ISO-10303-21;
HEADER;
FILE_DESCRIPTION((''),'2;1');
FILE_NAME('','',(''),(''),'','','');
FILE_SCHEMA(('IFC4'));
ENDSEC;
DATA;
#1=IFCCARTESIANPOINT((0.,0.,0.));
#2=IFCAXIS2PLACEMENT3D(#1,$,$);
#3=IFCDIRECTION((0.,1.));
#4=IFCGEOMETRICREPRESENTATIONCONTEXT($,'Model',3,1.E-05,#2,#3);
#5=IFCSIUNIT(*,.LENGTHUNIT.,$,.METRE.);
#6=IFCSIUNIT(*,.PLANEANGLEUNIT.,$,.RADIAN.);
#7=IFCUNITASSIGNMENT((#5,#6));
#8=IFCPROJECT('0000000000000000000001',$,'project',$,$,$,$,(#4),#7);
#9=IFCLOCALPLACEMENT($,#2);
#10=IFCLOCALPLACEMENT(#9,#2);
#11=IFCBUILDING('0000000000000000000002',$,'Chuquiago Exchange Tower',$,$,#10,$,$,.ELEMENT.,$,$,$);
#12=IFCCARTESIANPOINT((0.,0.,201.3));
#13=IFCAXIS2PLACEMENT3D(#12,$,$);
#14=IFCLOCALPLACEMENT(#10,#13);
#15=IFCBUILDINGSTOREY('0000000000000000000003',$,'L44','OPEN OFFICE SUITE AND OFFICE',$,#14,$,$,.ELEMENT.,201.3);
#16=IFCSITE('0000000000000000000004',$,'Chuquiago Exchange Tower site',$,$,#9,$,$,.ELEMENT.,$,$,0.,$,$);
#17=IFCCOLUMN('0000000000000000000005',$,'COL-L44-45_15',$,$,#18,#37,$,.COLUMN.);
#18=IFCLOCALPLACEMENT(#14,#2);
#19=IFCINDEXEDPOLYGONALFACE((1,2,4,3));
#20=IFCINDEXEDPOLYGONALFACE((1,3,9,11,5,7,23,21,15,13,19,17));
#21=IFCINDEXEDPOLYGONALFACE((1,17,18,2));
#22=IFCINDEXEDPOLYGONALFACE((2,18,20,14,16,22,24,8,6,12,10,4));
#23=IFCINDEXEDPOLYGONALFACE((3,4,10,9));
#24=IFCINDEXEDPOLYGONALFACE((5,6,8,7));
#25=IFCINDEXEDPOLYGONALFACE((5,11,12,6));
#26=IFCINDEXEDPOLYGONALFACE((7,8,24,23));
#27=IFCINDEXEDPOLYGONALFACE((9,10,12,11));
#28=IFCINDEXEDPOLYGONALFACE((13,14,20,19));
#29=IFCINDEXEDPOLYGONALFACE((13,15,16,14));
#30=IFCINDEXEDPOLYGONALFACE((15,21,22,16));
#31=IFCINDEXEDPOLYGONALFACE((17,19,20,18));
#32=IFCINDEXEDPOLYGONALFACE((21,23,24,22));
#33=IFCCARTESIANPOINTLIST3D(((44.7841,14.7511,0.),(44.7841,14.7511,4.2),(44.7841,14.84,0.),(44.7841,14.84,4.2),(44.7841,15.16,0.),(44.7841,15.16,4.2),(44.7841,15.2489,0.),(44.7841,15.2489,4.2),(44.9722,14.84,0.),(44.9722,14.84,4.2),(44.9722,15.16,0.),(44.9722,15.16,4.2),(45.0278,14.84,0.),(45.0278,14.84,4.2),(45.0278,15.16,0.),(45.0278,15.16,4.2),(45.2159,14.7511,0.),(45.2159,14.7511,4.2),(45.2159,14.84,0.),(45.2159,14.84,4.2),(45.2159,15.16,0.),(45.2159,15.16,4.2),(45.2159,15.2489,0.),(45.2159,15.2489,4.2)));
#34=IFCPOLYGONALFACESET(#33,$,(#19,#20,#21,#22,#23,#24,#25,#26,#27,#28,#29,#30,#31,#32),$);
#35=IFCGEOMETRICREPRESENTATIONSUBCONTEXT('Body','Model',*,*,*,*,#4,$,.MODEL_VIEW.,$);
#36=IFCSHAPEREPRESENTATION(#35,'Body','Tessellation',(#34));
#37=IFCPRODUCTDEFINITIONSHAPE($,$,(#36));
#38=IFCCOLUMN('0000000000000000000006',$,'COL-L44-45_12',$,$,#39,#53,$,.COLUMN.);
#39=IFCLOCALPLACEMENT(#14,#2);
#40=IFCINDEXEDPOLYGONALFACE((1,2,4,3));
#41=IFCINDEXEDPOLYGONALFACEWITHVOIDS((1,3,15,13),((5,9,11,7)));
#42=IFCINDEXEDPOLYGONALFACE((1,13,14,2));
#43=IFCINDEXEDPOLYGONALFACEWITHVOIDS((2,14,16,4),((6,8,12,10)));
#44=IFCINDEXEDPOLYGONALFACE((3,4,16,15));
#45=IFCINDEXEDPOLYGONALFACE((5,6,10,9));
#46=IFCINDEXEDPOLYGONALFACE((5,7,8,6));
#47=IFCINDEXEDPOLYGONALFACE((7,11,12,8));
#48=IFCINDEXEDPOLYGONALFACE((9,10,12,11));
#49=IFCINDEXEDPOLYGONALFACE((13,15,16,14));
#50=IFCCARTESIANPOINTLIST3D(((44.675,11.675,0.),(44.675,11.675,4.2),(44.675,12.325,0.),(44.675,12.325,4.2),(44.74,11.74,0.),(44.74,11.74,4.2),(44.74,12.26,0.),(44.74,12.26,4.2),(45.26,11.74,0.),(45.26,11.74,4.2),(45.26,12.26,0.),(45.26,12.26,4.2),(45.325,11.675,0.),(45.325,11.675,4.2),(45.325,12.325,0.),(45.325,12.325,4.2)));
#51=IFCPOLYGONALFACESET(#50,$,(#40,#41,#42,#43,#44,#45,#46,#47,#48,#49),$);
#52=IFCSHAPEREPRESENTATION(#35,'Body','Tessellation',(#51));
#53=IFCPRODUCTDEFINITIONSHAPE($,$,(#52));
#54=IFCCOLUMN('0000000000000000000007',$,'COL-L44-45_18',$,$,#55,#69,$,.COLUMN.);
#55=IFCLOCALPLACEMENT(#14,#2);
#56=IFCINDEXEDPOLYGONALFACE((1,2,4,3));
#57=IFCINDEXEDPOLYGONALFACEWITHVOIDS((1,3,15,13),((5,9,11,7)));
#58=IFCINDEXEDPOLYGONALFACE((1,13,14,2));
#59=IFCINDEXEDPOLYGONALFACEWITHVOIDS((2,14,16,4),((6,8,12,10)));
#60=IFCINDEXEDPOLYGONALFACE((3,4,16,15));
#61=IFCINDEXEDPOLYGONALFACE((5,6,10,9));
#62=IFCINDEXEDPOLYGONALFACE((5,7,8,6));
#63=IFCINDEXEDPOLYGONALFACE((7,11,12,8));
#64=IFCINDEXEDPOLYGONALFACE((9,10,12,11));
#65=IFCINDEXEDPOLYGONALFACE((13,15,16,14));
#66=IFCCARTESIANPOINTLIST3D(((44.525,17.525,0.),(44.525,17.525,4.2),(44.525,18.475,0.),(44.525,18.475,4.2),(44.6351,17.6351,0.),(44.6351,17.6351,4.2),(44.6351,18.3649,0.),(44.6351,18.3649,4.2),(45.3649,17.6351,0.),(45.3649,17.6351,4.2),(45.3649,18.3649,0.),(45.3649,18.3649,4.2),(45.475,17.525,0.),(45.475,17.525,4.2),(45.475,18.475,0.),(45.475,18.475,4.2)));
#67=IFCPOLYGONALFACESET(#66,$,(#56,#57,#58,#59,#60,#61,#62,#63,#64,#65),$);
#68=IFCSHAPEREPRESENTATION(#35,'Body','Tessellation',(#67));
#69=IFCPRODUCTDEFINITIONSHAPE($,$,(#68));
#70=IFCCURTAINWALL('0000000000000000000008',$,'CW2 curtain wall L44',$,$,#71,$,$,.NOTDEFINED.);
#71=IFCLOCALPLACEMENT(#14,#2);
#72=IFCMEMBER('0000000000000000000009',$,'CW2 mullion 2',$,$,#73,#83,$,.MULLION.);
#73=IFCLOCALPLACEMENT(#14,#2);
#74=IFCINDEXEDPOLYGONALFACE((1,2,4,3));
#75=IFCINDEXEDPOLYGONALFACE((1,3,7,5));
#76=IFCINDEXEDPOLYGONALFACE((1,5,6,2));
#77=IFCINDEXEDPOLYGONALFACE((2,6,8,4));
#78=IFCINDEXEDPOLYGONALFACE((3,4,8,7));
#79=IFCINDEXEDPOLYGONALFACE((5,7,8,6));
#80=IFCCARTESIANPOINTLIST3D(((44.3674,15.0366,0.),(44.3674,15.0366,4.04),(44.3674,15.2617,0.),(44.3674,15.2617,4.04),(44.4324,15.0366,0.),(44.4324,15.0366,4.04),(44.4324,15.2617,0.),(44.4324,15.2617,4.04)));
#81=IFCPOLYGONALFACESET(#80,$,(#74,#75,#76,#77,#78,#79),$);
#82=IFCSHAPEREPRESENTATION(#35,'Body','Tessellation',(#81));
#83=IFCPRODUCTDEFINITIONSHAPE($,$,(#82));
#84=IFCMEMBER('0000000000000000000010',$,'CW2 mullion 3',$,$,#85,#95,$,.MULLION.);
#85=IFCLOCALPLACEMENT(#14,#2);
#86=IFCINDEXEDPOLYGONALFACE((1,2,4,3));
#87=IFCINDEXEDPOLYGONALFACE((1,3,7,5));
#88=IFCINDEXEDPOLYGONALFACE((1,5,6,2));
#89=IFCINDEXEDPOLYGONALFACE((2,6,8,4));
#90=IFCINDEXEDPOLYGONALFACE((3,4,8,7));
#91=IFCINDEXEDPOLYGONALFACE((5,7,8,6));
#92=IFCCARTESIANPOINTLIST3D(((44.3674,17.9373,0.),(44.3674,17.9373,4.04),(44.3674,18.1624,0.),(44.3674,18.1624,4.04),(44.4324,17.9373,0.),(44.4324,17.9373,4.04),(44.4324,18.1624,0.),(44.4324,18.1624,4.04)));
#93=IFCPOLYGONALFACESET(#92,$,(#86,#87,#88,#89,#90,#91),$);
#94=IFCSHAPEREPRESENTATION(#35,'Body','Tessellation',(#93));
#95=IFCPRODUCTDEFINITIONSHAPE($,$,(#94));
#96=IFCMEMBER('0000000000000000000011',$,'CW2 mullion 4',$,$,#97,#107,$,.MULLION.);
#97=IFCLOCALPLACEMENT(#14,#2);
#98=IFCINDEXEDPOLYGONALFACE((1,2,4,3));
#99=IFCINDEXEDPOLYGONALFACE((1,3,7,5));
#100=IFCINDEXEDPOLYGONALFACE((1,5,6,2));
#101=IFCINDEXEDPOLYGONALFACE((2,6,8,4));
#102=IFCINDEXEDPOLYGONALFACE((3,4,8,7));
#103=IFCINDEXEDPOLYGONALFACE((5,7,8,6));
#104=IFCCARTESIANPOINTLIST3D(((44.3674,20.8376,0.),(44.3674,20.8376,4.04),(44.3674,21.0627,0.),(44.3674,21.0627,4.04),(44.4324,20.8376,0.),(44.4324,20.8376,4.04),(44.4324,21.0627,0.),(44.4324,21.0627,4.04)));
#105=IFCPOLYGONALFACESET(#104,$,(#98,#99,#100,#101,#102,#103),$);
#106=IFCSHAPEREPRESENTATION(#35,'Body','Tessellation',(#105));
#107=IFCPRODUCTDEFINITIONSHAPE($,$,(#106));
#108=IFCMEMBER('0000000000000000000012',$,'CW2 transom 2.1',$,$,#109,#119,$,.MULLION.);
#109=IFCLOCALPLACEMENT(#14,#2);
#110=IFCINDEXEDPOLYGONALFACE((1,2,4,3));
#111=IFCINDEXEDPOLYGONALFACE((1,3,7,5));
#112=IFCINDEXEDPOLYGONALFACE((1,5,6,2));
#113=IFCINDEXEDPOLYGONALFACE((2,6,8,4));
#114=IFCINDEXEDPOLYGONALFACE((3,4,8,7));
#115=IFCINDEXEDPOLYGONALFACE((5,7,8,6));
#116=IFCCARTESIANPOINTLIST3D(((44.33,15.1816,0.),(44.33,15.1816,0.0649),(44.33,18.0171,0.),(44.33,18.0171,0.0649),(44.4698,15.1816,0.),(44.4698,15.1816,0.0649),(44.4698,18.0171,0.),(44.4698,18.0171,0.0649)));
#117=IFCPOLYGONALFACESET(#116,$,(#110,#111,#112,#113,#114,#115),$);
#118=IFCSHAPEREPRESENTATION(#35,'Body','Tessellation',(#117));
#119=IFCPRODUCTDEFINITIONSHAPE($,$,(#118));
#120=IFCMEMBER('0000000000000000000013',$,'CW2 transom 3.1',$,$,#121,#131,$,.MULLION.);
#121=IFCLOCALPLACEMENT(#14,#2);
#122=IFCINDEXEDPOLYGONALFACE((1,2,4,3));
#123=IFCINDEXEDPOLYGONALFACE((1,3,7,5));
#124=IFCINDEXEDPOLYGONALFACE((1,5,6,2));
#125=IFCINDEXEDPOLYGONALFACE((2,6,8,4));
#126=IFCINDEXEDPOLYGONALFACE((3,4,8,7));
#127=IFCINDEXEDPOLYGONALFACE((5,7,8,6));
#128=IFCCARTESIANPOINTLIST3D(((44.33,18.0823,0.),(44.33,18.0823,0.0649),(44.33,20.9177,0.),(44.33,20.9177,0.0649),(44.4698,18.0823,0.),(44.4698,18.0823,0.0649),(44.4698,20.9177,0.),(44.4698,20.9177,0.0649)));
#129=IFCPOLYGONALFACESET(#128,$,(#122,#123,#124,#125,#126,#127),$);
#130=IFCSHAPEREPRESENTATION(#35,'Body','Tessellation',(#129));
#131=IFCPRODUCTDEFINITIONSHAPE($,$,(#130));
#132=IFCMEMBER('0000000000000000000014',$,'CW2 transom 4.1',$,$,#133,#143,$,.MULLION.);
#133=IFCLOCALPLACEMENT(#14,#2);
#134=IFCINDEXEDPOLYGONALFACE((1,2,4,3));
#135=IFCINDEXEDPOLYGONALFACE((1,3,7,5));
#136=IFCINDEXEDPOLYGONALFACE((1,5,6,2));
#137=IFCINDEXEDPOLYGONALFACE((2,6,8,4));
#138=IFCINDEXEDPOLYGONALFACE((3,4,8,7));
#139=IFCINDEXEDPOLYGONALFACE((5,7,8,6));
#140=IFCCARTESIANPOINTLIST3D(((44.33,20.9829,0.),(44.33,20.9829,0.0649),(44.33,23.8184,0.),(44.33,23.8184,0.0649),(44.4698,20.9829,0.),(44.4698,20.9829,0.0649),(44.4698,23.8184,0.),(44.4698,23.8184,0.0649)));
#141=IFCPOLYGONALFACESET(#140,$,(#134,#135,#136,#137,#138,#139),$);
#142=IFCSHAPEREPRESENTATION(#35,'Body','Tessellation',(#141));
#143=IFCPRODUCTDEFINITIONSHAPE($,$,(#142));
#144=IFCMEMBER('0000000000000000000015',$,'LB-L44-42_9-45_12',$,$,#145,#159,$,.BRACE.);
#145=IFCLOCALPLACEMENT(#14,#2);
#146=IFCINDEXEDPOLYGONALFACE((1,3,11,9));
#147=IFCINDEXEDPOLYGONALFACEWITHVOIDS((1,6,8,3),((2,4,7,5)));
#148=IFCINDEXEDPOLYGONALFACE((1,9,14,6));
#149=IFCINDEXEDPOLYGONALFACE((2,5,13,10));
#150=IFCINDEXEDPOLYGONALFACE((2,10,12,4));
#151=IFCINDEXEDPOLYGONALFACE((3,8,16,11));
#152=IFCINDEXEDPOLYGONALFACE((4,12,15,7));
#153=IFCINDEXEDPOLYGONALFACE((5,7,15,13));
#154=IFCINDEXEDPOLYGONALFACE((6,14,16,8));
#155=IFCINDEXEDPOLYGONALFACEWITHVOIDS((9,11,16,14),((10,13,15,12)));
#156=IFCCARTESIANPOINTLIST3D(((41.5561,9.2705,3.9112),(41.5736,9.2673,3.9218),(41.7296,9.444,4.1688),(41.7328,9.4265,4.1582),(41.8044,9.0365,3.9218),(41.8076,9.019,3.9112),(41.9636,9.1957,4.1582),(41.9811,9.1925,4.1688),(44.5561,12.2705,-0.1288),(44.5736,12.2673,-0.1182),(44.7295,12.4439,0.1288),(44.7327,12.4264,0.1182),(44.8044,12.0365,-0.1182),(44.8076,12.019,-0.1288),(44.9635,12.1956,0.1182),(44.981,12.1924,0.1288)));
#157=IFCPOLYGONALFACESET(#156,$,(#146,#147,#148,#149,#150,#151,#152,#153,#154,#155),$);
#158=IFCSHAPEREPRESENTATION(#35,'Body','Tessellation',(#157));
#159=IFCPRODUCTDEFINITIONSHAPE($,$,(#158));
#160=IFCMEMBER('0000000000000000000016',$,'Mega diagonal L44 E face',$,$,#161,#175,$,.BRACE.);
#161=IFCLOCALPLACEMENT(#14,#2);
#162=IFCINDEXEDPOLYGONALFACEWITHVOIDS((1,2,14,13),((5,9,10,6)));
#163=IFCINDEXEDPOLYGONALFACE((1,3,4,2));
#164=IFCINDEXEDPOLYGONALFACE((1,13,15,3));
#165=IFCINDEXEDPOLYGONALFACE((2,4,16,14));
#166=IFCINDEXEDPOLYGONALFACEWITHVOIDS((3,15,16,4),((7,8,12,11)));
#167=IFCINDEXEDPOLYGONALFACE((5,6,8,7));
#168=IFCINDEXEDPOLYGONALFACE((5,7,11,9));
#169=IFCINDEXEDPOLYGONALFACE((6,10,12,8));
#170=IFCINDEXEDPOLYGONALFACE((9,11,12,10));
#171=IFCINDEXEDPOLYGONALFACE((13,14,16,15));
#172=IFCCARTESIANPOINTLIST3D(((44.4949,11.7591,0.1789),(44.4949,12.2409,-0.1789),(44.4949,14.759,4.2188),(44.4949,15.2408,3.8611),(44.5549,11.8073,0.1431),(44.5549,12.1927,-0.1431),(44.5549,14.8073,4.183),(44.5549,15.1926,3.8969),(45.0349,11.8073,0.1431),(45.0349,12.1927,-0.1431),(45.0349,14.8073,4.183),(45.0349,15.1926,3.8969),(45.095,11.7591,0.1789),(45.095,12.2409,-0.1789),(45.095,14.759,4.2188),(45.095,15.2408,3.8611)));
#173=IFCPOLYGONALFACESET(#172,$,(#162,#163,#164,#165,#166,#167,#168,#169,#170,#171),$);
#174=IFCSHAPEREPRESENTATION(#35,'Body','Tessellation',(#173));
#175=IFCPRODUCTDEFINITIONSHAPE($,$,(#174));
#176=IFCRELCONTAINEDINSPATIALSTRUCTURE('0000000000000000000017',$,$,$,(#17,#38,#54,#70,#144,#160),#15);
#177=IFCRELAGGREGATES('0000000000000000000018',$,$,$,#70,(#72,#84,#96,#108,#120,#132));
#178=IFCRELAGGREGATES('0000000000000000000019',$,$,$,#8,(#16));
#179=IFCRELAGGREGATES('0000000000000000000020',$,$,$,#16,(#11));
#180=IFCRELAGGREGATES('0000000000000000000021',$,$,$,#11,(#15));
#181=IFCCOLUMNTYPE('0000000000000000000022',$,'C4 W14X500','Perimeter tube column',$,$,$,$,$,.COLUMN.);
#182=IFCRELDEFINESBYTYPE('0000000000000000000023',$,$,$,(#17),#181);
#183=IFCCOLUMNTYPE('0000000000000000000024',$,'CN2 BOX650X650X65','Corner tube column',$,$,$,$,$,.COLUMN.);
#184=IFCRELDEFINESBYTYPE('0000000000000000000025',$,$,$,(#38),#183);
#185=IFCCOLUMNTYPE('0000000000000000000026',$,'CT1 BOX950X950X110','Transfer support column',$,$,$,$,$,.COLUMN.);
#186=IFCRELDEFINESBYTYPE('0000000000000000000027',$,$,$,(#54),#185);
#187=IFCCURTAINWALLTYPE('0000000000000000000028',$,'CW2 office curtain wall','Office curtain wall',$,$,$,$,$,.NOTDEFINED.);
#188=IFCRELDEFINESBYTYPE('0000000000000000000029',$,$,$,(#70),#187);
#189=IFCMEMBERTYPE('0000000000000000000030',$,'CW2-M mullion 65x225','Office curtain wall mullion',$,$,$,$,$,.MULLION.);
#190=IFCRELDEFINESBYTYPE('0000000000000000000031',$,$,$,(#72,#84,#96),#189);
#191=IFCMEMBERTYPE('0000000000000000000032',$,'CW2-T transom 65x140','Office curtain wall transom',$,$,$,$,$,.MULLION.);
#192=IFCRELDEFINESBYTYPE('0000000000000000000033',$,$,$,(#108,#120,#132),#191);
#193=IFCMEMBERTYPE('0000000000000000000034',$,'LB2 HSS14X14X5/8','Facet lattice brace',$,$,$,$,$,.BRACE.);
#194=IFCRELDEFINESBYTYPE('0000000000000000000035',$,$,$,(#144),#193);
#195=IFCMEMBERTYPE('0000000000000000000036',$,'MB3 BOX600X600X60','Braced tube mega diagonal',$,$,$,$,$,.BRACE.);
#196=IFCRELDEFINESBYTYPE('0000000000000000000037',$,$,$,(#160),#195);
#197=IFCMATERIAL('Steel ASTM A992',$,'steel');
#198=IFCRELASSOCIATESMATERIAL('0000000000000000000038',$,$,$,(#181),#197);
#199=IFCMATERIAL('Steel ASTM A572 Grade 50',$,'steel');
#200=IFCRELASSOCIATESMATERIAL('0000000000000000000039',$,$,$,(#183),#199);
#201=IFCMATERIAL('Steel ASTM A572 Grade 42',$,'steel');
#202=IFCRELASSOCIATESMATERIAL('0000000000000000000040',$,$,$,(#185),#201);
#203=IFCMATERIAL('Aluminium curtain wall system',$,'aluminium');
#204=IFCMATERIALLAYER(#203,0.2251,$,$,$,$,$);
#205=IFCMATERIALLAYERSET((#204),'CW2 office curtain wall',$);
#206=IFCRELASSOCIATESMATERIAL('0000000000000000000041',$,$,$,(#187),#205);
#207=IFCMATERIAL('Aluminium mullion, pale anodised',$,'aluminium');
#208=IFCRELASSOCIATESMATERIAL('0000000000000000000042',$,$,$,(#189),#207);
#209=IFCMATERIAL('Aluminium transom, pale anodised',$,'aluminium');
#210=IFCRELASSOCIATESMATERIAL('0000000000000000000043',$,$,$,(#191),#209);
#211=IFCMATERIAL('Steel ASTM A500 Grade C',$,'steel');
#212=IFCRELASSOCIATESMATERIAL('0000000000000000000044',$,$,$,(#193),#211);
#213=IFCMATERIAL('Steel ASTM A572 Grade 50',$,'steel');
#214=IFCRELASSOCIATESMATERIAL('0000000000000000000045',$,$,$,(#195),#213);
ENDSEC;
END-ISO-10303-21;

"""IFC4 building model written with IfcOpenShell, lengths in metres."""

from ifc_helpers import new_model, si_unit, direction, frame, origin, origin_2d, place, context, subcontext, project, spatial, rectangle, hollow_rectangle, i_section, extrude, material, layer, layer_set, material_profile, profile_set, type_object, element, aggregate, save


model = new_model("IFC4")

# Units and contexts
model_context = context("Model", 3, precision=1e-05, world=origin(), true_north=direction((0.0, 1.0)))
body_context = subcontext(model_context, "Body", "Model", "MODEL_VIEW")
ifc_project = project(units=[si_unit("LENGTHUNIT", "METRE"), si_unit("PLANEANGLEUNIT", "RADIAN")], contexts=[model_context])

# Site, building, storey
site_placement = place(None, origin())
site = spatial("IfcSite", under=ifc_project, at=site_placement, Name="Chuquiago Exchange Tower site", CompositionType="ELEMENT", RefElevation=0.0)
building_placement = place(site_placement, origin())
building = spatial("IfcBuilding", under=site, at=building_placement, Name="Chuquiago Exchange Tower", CompositionType="ELEMENT")
storey_placement = place(building_placement, frame((0.0, 0.0, 201.3)))
storey = spatial("IfcBuildingStorey", under=building, at=storey_placement, Name="L44", Description="OPEN OFFICE SUITE AND OFFICE", CompositionType="ELEMENT", Elevation=201.3)

# Columns
ifc_material_1 = material(Name="Steel ASTM A992", Category="steel")
ifc_material_profile_1 = material_profile(ifc_material_1, i_section(OverallWidth=0.4319, OverallDepth=0.4978, WebThickness=0.0557, FlangeThickness=0.0889, at=origin_2d()), Name="W14X500")
ifc_profile_set_1 = profile_set([ifc_material_profile_1], Name="Steel ASTM A992")
column_type_1 = type_object("IfcColumnType", Name="C4 W14X500", Description="Perimeter tube column", PredefinedType="COLUMN", material=ifc_profile_set_1)
column_1_placement = place(storey_placement, frame((45.0, 15.0, 0.0), z_axis=(0.0, 0.0, 1.0), x_axis=(1.0, 0.0, 0.0)))
element("IfcColumn", 1, at=column_1_placement, inside=storey, type_object=column_type_1, Name="COL-L44-45_15", PredefinedType="COLUMN", context=body_context, shape_type="SweptSolid", body=[
    extrude(i_section(OverallWidth=0.4319, OverallDepth=0.4978, WebThickness=0.0557, FlangeThickness=0.0889, at=origin_2d()), origin(), (0.0, 0.0, 1.0), 4.2),
])
ifc_material_2 = material(Name="Steel ASTM A572 Grade 50", Category="steel")
ifc_material_profile_2 = material_profile(ifc_material_2, hollow_rectangle(XDim=0.6499, YDim=0.6499, WallThickness=0.0649, at=origin_2d()), Name="BOX650X650X65")
ifc_profile_set_2 = profile_set([ifc_material_profile_2], Name="Steel ASTM A572 Grade 50")
column_type_2 = type_object("IfcColumnType", Name="CN2 BOX650X650X65", Description="Corner tube column", PredefinedType="COLUMN", material=ifc_profile_set_2)
column_2_placement = place(storey_placement, frame((45.0, 12.0, 0.0), z_axis=(0.0, 0.0, 1.0), x_axis=(1.0, 0.0, 0.0)))
element("IfcColumn", 2, at=column_2_placement, inside=storey, type_object=column_type_2, Name="COL-L44-45_12", PredefinedType="COLUMN", context=body_context, shape_type="SweptSolid", body=[
    extrude(hollow_rectangle(XDim=0.6499, YDim=0.6499, WallThickness=0.0649, at=origin_2d()), origin(), (0.0, 0.0, 1.0), 4.2),
])
ifc_material_3 = material(Name="Steel ASTM A572 Grade 42", Category="steel")
ifc_material_profile_3 = material_profile(ifc_material_3, hollow_rectangle(XDim=0.95, YDim=0.95, WallThickness=0.1101, at=origin_2d()), Name="BOX950X950X110")
ifc_profile_set_3 = profile_set([ifc_material_profile_3], Name="Steel ASTM A572 Grade 42")
column_type_3 = type_object("IfcColumnType", Name="CT1 BOX950X950X110", Description="Transfer support column", PredefinedType="COLUMN", material=ifc_profile_set_3)
column_3_placement = place(storey_placement, frame((45.0, 18.0, 0.0), z_axis=(0.0, 0.0, 1.0), x_axis=(1.0, 0.0, 0.0)))
element("IfcColumn", 3, at=column_3_placement, inside=storey, type_object=column_type_3, Name="COL-L44-45_18", PredefinedType="COLUMN", context=body_context, shape_type="SweptSolid", body=[
    extrude(hollow_rectangle(XDim=0.95, YDim=0.95, WallThickness=0.1101, at=origin_2d()), origin(), (0.0, 0.0, 1.0), 4.2),
])

# Curtain wall, members
ifc_material_4 = material(Name="Aluminium curtain wall system", Category="aluminium")
ifc_layer_1 = layer(ifc_material_4, 0.2251)
ifc_layer_set_1 = layer_set([ifc_layer_1], Name="CW2 office curtain wall")
curtain_wall_type = type_object("IfcCurtainWallType", Name="CW2 office curtain wall", Description="Office curtain wall", PredefinedType="NOTDEFINED", material=ifc_layer_set_1)
curtain_wall_placement = place(storey_placement, origin())
curtain_wall = element("IfcCurtainWall", 4, at=curtain_wall_placement, inside=storey, type_object=curtain_wall_type, Name="CW2 curtain wall L44", PredefinedType="NOTDEFINED")
ifc_material_5 = material(Name="Aluminium mullion, pale anodised", Category="aluminium")
ifc_material_profile_4 = material_profile(ifc_material_5, rectangle(XDim=0.0649, YDim=0.2251, at=origin_2d()), Name="AL 65x225")
ifc_profile_set_4 = profile_set([ifc_material_profile_4], Name="Aluminium mullion, pale anodised")
member_type_1 = type_object("IfcMemberType", Name="CW2-M mullion 65x225", Description="Office curtain wall mullion", PredefinedType="MULLION", material=ifc_profile_set_4)
member_1_placement = place(storey_placement, frame((44.3999, 15.1492, 0.0), z_axis=(0.0, 0.0, 1.0), x_axis=(-1.0, 0.0, 0.0)))
member_1 = element("IfcMember", 5, at=member_1_placement, type_object=member_type_1, Name="CW2 mullion 2", PredefinedType="MULLION", context=body_context, shape_type="SweptSolid", body=[
    extrude(rectangle(XDim=0.0649, YDim=0.2251, at=origin_2d()), origin(), (0.0, 0.0, 1.0), 4.04),
])
member_2_placement = place(storey_placement, frame((44.3999, 18.0498, 0.0), z_axis=(0.0, 0.0, 1.0), x_axis=(-1.0, 0.0, 0.0)))
member_2 = element("IfcMember", 6, at=member_2_placement, type_object=member_type_1, Name="CW2 mullion 3", PredefinedType="MULLION", context=body_context, shape_type="SweptSolid", body=[
    extrude(rectangle(XDim=0.0649, YDim=0.2251, at=origin_2d()), origin(), (0.0, 0.0, 1.0), 4.04),
])
member_3_placement = place(storey_placement, frame((44.3999, 20.9502, 0.0), z_axis=(0.0, 0.0, 1.0), x_axis=(-1.0, 0.0, 0.0)))
member_3 = element("IfcMember", 7, at=member_3_placement, type_object=member_type_1, Name="CW2 mullion 4", PredefinedType="MULLION", context=body_context, shape_type="SweptSolid", body=[
    extrude(rectangle(XDim=0.0649, YDim=0.2251, at=origin_2d()), origin(), (0.0, 0.0, 1.0), 4.04),
])
ifc_material_6 = material(Name="Aluminium transom, pale anodised", Category="aluminium")
ifc_material_profile_5 = material_profile(ifc_material_6, rectangle(XDim=0.1399, YDim=0.0649, at=origin_2d()), Name="AL 140x65")
ifc_profile_set_5 = profile_set([ifc_material_profile_5], Name="Aluminium transom, pale anodised")
member_type_2 = type_object("IfcMemberType", Name="CW2-T transom 65x140", Description="Office curtain wall transom", PredefinedType="MULLION", material=ifc_profile_set_5)
member_4_placement = place(storey_placement, frame((44.3999, 15.1816, 0.0325), z_axis=(0.0, 1.0, 0.0), x_axis=(-1.0, 0.0, 0.0)))
member_4 = element("IfcMember", 8, at=member_4_placement, type_object=member_type_2, Name="CW2 transom 2.1", PredefinedType="MULLION", context=body_context, shape_type="SweptSolid", body=[
    extrude(rectangle(XDim=0.1399, YDim=0.0649, at=origin_2d()), origin(), (0.0, 0.0, 1.0), 2.8354),
])
member_5_placement = place(storey_placement, frame((44.3999, 18.0823, 0.0325), z_axis=(0.0, 1.0, 0.0), x_axis=(-1.0, 0.0, 0.0)))
member_5 = element("IfcMember", 9, at=member_5_placement, type_object=member_type_2, Name="CW2 transom 3.1", PredefinedType="MULLION", context=body_context, shape_type="SweptSolid", body=[
    extrude(rectangle(XDim=0.1399, YDim=0.0649, at=origin_2d()), origin(), (0.0, 0.0, 1.0), 2.8354),
])
member_6_placement = place(storey_placement, frame((44.3999, 20.9829, 0.0325), z_axis=(0.0, 1.0, 0.0), x_axis=(-1.0, 0.0, 0.0)))
member_6 = element("IfcMember", 10, at=member_6_placement, type_object=member_type_2, Name="CW2 transom 4.1", PredefinedType="MULLION", context=body_context, shape_type="SweptSolid", body=[
    extrude(rectangle(XDim=0.1399, YDim=0.0649, at=origin_2d()), origin(), (0.0, 0.0, 1.0), 2.8354),
])

# Members
ifc_material_7 = material(Name="Steel ASTM A500 Grade C", Category="steel")
ifc_material_profile_6 = material_profile(ifc_material_7, hollow_rectangle(XDim=0.3557, YDim=0.3557, WallThickness=0.0146, at=origin_2d()), Name="HSS14X14X5/8")
ifc_profile_set_6 = profile_set([ifc_material_profile_6], Name="Steel ASTM A500 Grade C")
member_type_3 = type_object("IfcMemberType", Name="LB2 HSS14X14X5/8", Description="Facet lattice brace", PredefinedType="BRACE", material=ifc_profile_set_6)
member_7_placement = place(storey_placement, frame((44.7686, 12.2314, 0.0), z_axis=(-0.512077, -0.512077, 0.689604), x_axis=(0.707107, -0.707107, 0.0)))
element("IfcMember", 11, at=member_7_placement, inside=storey, type_object=member_type_3, Name="LB-L44-42_9-45_12", PredefinedType="BRACE", context=body_context, shape_type="SweptSolid", body=[
    extrude(hollow_rectangle(XDim=0.3557, YDim=0.3557, WallThickness=0.0146, at=origin_2d()), origin(), (0.0, 0.0, 1.0), 5.8584),
])
ifc_material_8 = material(Name="Steel ASTM A572 Grade 50", Category="steel")
ifc_material_profile_7 = material_profile(ifc_material_8, hollow_rectangle(XDim=0.6001, YDim=0.6001, WallThickness=0.0601, at=origin_2d()), Name="BOX600X600X60")
ifc_profile_set_7 = profile_set([ifc_material_profile_7], Name="Steel ASTM A572 Grade 50")
member_type_4 = type_object("IfcMemberType", Name="MB3 BOX600X600X60", Description="Braced tube mega diagonal", PredefinedType="BRACE", material=ifc_profile_set_7)
for number, where, z_axis, x_axis, name in (
    (12, (44.7949, 12.0, 0.0), (0.0, 0.596174, 0.802855), (-1.0, 0.0, 0.0), "Mega diagonal L44 E face"),
):
    element("IfcMember", number, at=place(storey_placement, frame(where, z_axis=z_axis, x_axis=x_axis)), inside=storey, type_object=member_type_4, Name=name, PredefinedType="BRACE", context=body_context, shape_type="SweptSolid", body=[
        extrude(hollow_rectangle(XDim=0.6001, YDim=0.6001, WallThickness=0.0601, at=origin_2d()), origin(), (0.0, 0.0, 1.0), 5.032),
    ])

aggregate(curtain_wall, [member_1, member_2, member_3, member_4, member_5, member_6])

save(model, "model.ifc")
